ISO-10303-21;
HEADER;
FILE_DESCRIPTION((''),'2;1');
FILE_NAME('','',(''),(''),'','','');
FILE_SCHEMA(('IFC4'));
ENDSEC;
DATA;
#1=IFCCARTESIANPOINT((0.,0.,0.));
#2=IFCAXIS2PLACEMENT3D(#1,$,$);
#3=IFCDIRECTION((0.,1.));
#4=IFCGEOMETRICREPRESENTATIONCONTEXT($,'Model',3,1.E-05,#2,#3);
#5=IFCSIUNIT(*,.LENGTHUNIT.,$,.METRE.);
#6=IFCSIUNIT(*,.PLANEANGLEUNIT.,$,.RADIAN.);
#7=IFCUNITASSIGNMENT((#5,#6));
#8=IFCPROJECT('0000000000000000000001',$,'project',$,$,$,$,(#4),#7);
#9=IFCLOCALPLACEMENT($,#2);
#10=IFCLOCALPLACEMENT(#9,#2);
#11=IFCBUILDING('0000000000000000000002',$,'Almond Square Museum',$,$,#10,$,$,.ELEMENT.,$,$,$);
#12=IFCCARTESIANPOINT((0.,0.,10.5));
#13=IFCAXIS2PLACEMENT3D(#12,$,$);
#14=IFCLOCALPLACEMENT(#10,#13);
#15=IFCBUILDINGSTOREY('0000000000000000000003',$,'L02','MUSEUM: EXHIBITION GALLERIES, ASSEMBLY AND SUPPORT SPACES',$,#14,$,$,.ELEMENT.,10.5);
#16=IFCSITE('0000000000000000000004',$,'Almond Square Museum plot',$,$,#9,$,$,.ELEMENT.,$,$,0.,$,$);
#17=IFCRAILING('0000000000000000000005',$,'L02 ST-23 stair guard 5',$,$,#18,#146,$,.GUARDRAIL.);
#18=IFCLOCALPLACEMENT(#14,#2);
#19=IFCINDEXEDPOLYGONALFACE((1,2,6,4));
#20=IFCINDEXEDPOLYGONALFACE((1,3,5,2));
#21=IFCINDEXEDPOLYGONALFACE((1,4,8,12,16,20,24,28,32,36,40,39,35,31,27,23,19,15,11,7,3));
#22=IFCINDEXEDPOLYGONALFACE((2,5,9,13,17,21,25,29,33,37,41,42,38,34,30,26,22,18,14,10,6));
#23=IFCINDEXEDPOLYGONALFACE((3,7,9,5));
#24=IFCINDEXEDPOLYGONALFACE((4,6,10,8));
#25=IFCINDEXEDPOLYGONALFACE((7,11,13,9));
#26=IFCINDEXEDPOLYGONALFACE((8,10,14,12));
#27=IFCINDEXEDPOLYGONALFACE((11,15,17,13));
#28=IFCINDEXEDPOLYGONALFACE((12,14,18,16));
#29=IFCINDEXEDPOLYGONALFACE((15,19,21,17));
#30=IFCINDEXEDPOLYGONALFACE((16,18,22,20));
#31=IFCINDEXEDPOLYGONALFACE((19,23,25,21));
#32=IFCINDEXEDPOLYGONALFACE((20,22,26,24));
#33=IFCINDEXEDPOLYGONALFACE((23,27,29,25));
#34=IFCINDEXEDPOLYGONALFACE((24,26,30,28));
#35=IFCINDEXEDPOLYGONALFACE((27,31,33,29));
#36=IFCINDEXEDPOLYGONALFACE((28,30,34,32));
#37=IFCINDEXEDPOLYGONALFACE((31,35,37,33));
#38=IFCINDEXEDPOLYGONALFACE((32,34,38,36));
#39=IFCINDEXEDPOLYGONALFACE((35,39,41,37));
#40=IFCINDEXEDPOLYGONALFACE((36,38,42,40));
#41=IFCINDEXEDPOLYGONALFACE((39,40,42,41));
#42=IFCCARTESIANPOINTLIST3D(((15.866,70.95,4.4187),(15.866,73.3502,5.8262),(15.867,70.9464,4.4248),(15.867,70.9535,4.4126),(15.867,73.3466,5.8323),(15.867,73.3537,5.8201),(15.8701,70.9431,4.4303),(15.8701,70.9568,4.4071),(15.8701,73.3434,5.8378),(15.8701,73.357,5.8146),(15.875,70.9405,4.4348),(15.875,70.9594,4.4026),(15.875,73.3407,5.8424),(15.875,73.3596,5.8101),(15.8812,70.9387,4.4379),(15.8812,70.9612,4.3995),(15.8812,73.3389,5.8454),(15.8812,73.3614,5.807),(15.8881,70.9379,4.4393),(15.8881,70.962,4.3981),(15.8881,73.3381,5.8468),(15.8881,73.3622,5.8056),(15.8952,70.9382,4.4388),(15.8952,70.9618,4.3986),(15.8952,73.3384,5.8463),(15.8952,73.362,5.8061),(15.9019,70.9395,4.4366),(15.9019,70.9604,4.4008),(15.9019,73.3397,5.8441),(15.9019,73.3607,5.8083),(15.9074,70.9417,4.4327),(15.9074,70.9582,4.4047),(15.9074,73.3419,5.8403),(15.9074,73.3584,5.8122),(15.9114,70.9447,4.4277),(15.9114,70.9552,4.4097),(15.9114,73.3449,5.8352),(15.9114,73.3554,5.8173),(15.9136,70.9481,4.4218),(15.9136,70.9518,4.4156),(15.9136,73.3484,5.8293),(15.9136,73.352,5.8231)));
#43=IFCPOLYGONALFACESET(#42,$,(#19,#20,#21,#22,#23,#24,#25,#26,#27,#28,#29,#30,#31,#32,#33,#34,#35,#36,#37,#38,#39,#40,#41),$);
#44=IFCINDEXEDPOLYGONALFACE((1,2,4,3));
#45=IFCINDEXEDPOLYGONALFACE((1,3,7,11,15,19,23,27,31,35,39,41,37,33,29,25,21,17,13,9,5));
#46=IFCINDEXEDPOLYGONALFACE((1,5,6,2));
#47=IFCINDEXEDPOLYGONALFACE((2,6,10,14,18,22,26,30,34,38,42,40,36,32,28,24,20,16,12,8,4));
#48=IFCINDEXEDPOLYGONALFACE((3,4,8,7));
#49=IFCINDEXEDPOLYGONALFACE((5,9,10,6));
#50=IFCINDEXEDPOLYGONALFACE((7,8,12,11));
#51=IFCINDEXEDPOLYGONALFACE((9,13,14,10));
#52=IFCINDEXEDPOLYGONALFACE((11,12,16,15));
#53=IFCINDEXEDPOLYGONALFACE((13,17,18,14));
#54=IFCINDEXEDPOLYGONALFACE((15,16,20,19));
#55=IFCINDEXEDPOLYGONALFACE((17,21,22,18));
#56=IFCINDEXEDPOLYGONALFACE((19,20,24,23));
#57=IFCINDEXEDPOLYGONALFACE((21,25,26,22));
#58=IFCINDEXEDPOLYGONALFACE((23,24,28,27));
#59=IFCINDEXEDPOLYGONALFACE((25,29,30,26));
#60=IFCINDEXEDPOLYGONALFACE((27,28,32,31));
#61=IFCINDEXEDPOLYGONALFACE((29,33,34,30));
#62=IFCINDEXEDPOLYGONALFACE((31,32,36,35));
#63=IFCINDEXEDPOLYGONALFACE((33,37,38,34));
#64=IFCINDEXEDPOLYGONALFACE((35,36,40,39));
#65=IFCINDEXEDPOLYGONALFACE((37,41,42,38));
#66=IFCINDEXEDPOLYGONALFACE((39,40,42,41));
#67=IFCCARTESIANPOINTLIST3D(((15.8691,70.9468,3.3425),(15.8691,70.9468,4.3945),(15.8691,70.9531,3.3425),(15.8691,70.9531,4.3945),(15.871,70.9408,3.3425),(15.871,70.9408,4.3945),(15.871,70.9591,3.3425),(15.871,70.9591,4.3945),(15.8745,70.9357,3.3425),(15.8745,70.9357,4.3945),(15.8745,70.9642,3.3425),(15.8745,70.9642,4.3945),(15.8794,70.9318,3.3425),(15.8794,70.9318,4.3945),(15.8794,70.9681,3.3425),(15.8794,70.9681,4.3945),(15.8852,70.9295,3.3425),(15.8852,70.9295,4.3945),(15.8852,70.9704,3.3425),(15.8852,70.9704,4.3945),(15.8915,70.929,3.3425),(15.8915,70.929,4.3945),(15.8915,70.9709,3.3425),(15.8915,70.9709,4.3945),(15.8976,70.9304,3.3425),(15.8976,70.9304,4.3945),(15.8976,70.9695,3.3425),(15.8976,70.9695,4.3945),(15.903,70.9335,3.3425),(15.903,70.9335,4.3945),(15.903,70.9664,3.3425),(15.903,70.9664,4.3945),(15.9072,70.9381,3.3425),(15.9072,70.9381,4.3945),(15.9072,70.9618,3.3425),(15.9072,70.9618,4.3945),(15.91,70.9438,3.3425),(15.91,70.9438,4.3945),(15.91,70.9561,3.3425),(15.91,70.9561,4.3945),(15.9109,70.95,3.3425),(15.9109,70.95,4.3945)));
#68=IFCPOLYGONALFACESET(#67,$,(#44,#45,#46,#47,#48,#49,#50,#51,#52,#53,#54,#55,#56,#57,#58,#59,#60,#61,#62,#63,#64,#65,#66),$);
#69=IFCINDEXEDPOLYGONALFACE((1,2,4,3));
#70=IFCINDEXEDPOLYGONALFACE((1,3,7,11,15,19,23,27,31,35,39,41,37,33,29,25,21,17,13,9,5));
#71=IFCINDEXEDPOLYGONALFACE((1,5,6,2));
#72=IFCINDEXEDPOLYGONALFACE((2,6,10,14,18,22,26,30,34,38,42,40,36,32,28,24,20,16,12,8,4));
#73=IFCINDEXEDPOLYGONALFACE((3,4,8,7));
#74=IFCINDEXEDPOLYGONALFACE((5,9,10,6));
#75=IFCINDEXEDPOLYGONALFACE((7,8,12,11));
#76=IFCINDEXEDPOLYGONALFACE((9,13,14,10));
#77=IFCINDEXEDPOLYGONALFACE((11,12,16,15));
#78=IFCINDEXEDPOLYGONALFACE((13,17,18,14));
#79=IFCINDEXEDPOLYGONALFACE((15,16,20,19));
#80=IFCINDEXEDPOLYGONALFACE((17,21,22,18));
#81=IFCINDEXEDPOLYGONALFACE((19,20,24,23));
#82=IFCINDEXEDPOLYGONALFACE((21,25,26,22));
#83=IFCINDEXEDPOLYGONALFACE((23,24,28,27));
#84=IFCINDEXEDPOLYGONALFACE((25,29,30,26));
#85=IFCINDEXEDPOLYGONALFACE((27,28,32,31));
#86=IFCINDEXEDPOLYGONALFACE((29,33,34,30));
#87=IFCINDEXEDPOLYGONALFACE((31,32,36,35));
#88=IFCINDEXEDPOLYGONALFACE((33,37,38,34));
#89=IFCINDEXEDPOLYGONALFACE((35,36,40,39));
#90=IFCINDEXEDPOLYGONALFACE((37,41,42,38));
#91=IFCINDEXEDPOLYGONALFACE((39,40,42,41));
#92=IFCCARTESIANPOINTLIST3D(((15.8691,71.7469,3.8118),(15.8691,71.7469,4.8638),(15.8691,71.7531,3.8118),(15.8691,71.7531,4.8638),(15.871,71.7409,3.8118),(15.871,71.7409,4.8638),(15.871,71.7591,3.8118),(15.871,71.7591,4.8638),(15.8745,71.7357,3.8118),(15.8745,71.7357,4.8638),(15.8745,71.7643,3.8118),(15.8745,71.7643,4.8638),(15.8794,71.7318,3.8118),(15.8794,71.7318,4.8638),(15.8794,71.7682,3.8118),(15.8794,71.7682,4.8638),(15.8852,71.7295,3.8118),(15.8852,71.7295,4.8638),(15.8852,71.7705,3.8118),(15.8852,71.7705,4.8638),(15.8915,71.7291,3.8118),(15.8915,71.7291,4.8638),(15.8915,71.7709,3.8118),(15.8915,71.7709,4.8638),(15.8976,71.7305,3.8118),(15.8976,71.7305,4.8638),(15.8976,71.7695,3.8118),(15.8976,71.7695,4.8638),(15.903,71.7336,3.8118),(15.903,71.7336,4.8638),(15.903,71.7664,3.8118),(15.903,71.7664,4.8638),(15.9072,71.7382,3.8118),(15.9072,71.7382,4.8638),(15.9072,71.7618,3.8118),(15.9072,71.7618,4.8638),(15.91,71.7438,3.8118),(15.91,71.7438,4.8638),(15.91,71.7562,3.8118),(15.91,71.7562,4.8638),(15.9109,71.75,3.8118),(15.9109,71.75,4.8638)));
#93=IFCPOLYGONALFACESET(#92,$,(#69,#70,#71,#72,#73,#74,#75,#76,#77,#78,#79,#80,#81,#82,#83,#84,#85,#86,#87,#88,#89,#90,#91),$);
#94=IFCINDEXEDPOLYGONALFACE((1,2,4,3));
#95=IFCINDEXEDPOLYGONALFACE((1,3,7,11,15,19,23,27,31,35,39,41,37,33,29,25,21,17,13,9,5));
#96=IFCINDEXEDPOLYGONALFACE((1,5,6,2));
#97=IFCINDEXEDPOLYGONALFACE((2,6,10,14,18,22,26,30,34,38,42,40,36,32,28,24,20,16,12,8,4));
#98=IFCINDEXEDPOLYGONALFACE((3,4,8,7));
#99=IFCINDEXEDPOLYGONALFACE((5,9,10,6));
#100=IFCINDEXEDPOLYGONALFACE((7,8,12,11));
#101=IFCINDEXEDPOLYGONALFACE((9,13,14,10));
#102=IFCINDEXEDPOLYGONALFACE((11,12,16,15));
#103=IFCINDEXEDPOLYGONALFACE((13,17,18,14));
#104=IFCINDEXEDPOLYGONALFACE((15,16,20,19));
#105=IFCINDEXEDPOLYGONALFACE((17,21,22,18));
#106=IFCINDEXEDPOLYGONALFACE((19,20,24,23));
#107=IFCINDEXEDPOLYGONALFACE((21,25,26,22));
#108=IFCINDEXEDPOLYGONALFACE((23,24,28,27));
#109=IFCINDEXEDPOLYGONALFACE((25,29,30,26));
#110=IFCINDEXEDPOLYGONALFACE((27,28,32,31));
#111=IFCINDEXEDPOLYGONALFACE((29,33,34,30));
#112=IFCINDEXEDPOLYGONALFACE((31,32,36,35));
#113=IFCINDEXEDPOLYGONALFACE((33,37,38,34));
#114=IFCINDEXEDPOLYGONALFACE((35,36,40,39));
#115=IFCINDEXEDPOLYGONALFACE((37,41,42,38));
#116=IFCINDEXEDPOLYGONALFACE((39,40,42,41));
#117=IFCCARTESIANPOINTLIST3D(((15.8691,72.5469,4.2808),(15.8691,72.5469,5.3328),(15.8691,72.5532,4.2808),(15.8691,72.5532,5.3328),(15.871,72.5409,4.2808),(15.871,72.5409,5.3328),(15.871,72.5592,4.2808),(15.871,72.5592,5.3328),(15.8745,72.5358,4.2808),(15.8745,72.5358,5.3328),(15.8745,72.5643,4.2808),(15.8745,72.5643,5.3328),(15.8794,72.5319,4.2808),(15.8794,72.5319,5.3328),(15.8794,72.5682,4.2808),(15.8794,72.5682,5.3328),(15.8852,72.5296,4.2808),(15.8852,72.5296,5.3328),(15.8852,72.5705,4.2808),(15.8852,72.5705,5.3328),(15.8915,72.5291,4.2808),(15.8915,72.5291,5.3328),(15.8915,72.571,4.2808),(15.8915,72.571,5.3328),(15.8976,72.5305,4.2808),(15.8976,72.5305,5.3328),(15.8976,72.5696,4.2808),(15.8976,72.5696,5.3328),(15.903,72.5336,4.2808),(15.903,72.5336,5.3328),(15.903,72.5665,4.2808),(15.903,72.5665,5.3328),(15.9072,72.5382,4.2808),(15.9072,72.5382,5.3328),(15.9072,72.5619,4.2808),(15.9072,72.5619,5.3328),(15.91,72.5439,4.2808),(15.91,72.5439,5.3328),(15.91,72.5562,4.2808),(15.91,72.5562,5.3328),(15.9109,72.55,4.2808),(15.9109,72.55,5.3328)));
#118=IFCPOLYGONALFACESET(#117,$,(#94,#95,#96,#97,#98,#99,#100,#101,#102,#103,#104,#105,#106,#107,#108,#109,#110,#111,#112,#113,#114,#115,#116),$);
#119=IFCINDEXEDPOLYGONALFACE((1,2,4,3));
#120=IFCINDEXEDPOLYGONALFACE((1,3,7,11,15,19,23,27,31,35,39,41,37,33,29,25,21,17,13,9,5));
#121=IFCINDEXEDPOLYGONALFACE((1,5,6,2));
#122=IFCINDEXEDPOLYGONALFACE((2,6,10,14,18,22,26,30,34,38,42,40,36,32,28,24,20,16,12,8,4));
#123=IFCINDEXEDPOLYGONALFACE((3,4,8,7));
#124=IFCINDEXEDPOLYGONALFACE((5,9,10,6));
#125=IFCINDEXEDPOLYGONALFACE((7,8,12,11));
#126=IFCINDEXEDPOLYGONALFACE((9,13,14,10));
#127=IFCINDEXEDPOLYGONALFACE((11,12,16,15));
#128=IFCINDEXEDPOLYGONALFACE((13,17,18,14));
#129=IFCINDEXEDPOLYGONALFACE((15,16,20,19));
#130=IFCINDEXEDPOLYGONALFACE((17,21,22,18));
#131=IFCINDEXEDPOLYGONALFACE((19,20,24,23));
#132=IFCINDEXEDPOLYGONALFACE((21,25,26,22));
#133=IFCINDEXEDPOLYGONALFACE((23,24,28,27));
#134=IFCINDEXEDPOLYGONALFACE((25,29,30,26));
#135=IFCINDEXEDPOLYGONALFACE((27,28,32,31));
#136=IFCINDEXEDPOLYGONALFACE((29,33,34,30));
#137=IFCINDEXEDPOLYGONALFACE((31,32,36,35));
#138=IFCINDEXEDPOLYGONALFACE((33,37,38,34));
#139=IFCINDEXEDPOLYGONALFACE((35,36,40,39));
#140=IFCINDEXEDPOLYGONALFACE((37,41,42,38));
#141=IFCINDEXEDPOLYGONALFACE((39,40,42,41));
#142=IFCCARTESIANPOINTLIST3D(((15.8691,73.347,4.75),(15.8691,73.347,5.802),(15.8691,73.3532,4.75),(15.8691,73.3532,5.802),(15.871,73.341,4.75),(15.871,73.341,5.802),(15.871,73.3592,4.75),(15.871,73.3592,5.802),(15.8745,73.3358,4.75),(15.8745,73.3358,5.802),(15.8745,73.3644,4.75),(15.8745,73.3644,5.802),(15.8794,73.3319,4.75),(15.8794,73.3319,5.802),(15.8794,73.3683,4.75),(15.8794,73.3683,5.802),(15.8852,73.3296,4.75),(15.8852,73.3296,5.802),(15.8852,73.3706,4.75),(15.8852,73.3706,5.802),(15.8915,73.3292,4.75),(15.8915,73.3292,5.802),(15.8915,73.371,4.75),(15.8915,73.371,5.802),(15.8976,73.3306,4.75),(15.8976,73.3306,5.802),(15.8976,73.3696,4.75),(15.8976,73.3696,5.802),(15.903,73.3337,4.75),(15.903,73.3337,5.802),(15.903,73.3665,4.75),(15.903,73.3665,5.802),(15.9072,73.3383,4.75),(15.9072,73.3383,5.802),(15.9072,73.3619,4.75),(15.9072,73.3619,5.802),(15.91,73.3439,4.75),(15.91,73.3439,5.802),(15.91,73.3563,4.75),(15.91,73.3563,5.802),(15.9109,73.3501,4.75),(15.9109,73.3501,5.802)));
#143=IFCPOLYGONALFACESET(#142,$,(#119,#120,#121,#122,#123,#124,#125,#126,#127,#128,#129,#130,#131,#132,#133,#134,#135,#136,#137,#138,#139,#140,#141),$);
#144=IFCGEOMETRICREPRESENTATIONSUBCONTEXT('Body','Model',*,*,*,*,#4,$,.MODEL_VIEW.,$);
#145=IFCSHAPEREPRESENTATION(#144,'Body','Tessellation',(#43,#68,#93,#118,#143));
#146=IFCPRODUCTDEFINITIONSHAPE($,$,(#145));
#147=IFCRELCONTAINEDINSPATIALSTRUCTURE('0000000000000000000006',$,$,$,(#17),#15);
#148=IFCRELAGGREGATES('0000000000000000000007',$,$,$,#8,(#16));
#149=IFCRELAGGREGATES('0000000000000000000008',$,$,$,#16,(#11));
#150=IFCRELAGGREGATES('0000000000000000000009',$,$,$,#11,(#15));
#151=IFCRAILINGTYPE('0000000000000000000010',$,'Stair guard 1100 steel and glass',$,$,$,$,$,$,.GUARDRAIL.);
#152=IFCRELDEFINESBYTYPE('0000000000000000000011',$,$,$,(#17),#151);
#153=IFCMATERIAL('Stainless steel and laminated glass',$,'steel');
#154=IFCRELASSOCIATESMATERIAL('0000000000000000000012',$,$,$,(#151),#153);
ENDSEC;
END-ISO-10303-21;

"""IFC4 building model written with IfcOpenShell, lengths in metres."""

from ifc_helpers import new_model, si_unit, direction, frame, origin, origin_2d, place, context, subcontext, project, spatial, circle, extrude, material, type_object, element, save


model = new_model("IFC4")

# Units and contexts
model_context = context("Model", 3, precision=1e-05, world=origin(), true_north=direction((0.0, 1.0)))
body_context = subcontext(model_context, "Body", "Model", "MODEL_VIEW")
ifc_project = project(units=[si_unit("LENGTHUNIT", "METRE"), si_unit("PLANEANGLEUNIT", "RADIAN")], contexts=[model_context])

# Site, building, storey
site_placement = place(None, origin())
site = spatial("IfcSite", under=ifc_project, at=site_placement, Name="Almond Square Museum plot", CompositionType="ELEMENT", RefElevation=0.0)
building_placement = place(site_placement, origin())
building = spatial("IfcBuilding", under=site, at=building_placement, Name="Almond Square Museum", CompositionType="ELEMENT")
storey_placement = place(building_placement, frame((0.0, 0.0, 10.5)))
storey = spatial("IfcBuildingStorey", under=building, at=storey_placement, Name="L02", Description="MUSEUM: EXHIBITION GALLERIES, ASSEMBLY AND SUPPORT SPACES", CompositionType="ELEMENT", Elevation=10.5)

# Railing
ifc_material_1 = material(Name="Stainless steel and laminated glass", Category="steel")
railing_type_1 = type_object("IfcRailingType", Name="Stair guard 1100 steel and glass", PredefinedType="GUARDRAIL", material=ifc_material_1)
railing_1_placement = place(storey_placement, frame((15.8899, 70.95, 3.3425)))
element("IfcRailing", 1, at=railing_1_placement, inside=storey, type_object=railing_type_1, Name="L02 ST-23 stair guard 5", PredefinedType="GUARDRAIL", context=body_context, shape_type="SweptSolid", body=[
    extrude(circle(Radius=0.0239, at=origin_2d()), frame((0.0, 0.0, 1.0762), z_axis=(0.0, 0.862621, 0.50585), x_axis=(-1.0, 0.0, 0.0)), (0.0, 0.0, 1.0), 2.7825),
    extrude(circle(Radius=0.021, at=origin_2d()), origin(), (0.0, 0.0, 1.0), 1.052),
    extrude(circle(Radius=0.021, at=origin_2d()), frame((0.0, 0.8, 0.4692)), (0.0, 0.0, 1.0), 1.052),
    extrude(circle(Radius=0.021, at=origin_2d()), frame((0.0, 1.6001, 0.9382)), (0.0, 0.0, 1.0), 1.052),
    extrude(circle(Radius=0.021, at=origin_2d()), frame((0.0, 2.4001, 1.4075)), (0.0, 0.0, 1.0), 1.052),
])

save(model, "model.ifc")
